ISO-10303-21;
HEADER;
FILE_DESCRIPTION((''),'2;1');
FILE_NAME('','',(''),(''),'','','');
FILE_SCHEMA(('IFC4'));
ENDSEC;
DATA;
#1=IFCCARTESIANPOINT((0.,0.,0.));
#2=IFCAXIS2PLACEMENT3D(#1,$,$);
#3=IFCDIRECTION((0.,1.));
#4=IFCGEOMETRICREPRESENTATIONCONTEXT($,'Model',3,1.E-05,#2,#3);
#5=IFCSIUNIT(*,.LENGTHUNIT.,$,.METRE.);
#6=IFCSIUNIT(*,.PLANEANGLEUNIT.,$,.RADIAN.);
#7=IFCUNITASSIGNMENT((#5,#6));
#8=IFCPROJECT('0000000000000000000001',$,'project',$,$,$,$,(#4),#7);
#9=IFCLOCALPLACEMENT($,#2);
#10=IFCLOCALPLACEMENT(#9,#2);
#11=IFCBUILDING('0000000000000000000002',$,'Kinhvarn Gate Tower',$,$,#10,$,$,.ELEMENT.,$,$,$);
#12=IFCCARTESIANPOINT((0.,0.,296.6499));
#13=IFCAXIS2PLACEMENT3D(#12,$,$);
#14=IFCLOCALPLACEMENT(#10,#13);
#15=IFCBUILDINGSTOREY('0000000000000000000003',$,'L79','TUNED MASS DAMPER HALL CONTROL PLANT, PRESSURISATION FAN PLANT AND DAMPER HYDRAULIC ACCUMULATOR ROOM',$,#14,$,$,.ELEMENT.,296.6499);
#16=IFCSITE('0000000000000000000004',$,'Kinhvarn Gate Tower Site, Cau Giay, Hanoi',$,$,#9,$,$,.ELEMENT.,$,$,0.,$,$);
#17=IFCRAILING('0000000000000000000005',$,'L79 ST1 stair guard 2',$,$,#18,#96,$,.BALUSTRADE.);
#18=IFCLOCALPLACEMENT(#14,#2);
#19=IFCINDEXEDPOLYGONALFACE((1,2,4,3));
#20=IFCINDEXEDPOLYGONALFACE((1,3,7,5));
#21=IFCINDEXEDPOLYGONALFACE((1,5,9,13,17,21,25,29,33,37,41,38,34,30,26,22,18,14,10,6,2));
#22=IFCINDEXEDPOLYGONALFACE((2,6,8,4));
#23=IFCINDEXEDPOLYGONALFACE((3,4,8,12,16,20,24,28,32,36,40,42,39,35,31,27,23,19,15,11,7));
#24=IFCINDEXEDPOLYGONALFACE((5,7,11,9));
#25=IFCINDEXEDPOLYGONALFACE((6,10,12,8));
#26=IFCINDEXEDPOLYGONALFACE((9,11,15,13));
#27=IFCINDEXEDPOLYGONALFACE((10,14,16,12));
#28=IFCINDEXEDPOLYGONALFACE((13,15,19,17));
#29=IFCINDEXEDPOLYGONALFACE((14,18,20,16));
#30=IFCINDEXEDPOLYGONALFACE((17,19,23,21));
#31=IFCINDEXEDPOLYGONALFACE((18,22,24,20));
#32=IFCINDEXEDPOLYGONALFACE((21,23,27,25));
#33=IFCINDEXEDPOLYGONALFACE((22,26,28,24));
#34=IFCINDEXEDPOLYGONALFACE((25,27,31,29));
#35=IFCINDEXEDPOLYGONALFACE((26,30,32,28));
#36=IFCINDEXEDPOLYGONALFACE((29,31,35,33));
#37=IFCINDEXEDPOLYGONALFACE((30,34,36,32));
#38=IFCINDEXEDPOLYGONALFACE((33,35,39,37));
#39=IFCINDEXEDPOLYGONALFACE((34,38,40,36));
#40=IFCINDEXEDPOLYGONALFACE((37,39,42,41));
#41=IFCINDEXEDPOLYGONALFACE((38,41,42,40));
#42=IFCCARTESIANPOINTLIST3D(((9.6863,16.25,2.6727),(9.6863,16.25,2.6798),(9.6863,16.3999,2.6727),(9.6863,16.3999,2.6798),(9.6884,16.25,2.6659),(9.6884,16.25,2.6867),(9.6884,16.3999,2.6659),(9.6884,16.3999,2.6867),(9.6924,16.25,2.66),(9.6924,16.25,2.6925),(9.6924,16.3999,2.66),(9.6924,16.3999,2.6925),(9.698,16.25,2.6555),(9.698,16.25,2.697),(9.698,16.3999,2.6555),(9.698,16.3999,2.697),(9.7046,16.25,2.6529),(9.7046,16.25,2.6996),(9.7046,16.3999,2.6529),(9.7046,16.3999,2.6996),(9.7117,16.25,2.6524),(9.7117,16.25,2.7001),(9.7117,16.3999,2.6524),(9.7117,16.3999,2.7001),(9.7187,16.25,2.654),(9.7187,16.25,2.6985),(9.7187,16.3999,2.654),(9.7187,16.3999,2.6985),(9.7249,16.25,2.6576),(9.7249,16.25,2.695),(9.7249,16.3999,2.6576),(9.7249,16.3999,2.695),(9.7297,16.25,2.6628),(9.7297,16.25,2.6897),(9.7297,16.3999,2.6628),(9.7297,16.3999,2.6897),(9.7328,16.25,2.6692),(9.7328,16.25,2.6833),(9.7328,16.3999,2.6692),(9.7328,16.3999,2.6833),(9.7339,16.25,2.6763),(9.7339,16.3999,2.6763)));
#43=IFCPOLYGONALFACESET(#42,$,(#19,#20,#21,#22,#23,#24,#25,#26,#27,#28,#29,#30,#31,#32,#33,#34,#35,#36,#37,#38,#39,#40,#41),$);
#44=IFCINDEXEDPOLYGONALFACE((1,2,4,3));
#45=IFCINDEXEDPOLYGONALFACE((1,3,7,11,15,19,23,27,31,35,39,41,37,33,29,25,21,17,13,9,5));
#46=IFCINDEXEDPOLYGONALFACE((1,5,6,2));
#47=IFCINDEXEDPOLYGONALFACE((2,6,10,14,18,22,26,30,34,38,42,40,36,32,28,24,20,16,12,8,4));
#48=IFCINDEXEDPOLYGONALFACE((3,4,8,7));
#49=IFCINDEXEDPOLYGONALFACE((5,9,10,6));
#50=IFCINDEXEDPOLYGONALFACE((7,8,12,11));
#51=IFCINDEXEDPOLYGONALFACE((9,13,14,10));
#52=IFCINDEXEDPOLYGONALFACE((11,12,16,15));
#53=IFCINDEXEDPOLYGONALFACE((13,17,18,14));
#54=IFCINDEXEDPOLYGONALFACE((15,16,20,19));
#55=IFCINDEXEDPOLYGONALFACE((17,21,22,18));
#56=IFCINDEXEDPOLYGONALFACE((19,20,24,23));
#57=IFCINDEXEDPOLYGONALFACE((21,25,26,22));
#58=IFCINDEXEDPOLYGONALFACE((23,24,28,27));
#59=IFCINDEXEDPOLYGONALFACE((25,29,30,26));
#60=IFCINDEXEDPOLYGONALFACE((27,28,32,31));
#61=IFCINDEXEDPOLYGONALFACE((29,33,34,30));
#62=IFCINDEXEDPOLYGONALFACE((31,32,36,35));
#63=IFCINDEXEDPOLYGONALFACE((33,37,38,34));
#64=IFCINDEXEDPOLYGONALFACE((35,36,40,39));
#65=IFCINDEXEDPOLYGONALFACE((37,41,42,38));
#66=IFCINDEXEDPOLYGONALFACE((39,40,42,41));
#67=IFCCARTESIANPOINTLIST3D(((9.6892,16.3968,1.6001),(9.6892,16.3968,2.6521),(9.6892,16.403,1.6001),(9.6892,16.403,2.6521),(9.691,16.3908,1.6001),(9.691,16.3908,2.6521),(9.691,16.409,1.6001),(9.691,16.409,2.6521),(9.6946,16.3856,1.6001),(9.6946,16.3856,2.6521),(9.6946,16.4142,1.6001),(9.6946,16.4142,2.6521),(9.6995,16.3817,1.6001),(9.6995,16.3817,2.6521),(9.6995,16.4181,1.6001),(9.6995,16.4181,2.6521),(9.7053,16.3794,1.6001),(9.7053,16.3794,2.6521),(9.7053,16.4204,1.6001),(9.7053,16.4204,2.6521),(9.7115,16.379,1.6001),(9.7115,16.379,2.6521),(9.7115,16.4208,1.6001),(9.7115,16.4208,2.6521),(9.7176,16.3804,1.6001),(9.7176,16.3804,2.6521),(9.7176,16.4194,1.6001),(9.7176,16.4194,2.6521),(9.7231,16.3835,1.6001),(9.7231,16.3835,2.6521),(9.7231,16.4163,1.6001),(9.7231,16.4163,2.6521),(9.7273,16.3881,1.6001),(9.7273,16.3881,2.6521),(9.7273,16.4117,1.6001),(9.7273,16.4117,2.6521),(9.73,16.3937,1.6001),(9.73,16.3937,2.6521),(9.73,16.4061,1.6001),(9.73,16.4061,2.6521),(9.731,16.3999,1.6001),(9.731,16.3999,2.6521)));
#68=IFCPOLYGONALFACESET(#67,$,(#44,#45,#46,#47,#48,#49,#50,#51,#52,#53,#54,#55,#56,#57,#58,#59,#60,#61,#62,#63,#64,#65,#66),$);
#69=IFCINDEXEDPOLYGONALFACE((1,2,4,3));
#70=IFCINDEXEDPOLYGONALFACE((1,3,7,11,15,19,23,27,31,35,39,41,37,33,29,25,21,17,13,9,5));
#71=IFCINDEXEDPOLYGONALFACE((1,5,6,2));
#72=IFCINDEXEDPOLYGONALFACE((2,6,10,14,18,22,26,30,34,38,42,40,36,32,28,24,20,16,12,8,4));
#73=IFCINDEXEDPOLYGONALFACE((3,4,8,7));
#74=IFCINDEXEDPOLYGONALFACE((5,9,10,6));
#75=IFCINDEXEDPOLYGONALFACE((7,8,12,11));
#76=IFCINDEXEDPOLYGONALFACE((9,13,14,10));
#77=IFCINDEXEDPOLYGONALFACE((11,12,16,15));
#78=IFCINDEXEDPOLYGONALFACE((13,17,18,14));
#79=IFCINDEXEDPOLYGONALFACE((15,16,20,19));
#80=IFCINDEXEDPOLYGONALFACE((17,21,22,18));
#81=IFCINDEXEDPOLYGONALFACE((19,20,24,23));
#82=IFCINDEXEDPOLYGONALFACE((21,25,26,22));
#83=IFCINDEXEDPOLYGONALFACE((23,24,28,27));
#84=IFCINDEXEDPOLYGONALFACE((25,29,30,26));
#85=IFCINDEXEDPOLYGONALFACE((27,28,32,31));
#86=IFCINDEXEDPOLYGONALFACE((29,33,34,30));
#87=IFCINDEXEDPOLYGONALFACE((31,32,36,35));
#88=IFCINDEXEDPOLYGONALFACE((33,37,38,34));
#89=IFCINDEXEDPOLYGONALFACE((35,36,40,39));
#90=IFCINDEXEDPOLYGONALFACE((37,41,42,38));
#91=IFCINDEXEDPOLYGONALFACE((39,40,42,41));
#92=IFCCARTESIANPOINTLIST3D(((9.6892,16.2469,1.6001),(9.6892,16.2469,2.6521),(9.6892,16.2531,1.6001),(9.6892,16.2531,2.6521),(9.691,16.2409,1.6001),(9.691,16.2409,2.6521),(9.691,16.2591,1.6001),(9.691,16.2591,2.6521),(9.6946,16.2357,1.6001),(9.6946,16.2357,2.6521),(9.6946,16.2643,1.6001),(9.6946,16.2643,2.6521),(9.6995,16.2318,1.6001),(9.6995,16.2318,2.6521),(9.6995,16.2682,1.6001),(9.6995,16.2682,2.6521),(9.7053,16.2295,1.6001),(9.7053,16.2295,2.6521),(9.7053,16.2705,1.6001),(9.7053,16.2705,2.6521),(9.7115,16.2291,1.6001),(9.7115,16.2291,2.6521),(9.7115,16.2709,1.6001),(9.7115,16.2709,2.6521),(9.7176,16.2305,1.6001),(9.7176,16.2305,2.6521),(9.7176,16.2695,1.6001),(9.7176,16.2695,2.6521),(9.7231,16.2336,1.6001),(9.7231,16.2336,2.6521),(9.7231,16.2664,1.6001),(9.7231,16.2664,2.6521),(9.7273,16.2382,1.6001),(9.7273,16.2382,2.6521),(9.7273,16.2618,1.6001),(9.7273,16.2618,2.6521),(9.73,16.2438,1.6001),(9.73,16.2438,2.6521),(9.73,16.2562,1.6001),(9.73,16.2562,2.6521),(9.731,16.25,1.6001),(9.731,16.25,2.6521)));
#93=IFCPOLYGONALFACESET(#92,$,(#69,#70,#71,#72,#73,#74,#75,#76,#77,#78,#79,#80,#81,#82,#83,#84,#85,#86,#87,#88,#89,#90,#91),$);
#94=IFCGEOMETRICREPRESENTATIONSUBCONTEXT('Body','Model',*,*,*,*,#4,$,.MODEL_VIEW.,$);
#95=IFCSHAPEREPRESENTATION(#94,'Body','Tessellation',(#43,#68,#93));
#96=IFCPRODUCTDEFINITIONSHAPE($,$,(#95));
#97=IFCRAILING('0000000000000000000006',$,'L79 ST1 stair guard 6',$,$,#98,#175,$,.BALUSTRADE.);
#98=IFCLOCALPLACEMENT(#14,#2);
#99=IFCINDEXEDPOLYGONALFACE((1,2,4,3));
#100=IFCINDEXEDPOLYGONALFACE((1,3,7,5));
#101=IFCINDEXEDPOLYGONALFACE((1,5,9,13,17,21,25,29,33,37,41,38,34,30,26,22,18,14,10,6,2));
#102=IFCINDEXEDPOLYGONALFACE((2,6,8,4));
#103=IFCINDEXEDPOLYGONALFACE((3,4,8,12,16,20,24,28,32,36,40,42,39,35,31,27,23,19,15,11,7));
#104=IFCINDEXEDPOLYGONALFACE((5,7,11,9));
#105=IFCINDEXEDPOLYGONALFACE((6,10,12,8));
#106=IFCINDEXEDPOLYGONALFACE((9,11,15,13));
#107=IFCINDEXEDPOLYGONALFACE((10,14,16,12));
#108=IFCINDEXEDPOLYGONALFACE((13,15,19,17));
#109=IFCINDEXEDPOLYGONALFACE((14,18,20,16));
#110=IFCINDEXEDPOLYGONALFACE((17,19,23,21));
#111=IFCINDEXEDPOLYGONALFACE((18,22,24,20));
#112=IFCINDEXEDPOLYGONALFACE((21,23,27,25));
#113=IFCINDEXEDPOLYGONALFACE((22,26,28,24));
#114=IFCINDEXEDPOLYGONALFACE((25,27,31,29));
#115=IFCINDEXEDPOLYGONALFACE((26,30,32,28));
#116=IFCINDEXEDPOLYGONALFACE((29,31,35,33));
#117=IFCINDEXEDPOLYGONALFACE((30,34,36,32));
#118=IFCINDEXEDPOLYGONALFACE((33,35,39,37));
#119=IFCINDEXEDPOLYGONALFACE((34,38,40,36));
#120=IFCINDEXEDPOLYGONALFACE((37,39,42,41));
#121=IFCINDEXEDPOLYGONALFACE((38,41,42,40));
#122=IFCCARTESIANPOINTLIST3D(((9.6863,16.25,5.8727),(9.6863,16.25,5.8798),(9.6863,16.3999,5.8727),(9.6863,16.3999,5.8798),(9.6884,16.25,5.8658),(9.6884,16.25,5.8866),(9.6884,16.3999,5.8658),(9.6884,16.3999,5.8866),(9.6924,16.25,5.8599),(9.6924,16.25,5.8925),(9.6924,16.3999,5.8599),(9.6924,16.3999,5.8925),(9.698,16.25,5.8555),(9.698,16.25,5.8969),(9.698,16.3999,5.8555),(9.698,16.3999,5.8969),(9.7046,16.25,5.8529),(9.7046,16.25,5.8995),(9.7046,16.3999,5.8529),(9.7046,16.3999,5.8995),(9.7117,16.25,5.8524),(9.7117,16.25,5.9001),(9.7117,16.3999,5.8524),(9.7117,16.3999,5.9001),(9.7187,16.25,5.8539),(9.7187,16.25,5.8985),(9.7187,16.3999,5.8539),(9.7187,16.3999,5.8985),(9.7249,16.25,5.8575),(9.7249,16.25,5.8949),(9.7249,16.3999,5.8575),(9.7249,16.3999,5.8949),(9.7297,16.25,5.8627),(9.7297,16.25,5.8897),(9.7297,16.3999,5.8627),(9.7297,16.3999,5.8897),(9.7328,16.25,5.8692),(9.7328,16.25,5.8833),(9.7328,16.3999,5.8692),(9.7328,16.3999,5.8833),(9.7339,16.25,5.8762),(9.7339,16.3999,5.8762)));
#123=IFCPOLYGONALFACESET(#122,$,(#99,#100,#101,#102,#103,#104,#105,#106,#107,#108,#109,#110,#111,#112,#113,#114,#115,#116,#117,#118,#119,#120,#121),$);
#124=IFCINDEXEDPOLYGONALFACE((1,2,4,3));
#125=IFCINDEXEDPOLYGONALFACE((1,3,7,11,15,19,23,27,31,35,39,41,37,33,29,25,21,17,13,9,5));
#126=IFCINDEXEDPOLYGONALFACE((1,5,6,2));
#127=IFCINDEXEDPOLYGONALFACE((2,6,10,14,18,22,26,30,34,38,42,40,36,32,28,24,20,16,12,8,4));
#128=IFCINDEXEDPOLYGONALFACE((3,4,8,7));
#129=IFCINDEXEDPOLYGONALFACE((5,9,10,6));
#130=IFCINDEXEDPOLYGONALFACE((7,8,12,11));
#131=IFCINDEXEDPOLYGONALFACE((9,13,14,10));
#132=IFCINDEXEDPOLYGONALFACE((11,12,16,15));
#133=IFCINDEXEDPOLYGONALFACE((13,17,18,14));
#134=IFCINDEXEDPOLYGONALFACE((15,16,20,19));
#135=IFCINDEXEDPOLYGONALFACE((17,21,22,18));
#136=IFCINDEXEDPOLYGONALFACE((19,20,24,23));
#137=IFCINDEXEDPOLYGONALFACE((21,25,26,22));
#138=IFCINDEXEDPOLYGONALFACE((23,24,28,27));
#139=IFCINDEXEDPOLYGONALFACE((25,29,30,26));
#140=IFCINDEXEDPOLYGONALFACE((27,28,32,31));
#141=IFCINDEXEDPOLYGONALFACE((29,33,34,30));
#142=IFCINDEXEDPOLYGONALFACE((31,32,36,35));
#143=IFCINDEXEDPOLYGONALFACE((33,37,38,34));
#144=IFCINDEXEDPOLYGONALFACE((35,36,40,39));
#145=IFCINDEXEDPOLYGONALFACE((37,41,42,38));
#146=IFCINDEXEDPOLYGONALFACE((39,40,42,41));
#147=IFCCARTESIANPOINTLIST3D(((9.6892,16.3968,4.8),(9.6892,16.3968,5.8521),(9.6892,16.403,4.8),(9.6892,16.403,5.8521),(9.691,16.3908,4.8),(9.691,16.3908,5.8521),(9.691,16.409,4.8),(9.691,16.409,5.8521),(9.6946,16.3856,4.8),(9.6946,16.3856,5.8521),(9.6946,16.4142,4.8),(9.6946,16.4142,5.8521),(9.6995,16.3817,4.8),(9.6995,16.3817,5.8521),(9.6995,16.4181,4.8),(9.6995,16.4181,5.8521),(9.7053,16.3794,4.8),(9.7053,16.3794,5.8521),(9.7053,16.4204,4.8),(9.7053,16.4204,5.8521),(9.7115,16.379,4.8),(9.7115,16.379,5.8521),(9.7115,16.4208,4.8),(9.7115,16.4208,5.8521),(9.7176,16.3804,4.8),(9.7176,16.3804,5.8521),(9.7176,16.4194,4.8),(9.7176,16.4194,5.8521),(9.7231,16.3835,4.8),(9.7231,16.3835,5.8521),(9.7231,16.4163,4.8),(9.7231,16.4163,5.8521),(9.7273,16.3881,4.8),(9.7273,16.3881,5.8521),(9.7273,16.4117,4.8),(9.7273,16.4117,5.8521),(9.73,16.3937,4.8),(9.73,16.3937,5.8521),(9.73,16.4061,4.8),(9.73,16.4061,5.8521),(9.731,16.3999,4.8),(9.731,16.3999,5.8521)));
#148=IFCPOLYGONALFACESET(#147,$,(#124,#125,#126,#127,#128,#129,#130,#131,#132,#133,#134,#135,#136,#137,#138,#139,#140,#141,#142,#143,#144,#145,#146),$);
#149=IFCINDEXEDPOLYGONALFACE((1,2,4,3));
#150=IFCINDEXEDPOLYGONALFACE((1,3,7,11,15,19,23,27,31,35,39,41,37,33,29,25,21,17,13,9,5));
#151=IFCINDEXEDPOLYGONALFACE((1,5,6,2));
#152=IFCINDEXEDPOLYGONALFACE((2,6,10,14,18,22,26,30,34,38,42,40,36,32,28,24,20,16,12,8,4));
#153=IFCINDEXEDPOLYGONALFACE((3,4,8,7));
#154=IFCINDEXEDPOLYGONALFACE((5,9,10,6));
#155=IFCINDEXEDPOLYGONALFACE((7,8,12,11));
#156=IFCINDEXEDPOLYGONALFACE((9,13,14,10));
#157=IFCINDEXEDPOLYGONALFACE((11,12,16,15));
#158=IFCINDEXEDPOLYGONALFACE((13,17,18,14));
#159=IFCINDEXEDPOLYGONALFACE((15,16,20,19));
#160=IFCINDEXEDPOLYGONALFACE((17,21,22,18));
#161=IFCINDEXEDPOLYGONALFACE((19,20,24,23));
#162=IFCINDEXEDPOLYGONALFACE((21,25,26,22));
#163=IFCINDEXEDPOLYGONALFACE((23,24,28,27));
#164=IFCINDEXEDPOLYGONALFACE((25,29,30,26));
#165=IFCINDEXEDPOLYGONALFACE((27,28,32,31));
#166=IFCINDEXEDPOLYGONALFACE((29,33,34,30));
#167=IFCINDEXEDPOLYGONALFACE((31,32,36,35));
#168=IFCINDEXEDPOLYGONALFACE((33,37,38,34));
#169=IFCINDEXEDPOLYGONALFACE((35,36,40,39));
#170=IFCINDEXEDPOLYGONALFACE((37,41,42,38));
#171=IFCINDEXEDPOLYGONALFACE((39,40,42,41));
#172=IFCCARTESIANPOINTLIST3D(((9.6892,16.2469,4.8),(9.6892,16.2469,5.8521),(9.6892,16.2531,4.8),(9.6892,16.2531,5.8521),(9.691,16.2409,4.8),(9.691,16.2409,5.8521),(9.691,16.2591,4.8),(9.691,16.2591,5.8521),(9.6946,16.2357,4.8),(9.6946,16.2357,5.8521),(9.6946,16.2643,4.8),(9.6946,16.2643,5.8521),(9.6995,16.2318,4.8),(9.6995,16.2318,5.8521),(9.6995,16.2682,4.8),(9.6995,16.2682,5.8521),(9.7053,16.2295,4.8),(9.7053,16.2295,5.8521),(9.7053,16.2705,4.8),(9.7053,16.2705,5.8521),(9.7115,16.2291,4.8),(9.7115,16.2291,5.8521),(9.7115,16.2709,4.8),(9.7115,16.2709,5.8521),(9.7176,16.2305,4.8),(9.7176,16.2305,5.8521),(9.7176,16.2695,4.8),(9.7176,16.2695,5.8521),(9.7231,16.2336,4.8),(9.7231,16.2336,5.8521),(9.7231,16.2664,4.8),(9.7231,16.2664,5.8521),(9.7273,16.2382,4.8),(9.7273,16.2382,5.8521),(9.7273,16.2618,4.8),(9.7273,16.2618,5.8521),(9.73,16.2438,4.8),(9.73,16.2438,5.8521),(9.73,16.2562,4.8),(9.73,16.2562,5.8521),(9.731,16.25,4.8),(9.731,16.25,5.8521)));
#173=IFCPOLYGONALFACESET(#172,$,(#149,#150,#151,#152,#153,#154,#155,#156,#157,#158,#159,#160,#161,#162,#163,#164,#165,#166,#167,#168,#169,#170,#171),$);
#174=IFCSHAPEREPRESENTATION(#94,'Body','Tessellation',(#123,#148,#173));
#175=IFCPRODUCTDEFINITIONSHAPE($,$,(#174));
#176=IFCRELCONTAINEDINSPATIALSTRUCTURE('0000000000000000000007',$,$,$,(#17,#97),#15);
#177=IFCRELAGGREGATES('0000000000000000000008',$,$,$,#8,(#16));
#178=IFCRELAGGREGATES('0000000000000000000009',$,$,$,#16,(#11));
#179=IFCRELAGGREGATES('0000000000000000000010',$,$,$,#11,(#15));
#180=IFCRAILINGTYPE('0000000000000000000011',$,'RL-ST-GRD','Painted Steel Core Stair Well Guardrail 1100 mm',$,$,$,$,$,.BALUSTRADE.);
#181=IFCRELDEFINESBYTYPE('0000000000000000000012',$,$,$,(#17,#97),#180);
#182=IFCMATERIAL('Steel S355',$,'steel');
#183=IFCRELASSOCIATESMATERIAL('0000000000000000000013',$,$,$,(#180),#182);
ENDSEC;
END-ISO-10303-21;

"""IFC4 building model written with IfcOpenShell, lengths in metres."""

from ifc_helpers import new_model, si_unit, direction, frame, origin, origin_2d, place, context, subcontext, project, spatial, circle, extrude, material, type_object, element, save


model = new_model("IFC4")

# Units and contexts
model_context = context("Model", 3, precision=1e-05, world=origin(), true_north=direction((0.0, 1.0)))
body_context = subcontext(model_context, "Body", "Model", "MODEL_VIEW")
ifc_project = project(units=[si_unit("LENGTHUNIT", "METRE"), si_unit("PLANEANGLEUNIT", "RADIAN")], contexts=[model_context])

# Site, building, storey
site_placement = place(None, origin())
site = spatial("IfcSite", under=ifc_project, at=site_placement, Name="Kinhvarn Gate Tower Site, Cau Giay, Hanoi", CompositionType="ELEMENT", RefElevation=0.0)
building_placement = place(site_placement, origin())
building = spatial("IfcBuilding", under=site, at=building_placement, Name="Kinhvarn Gate Tower", CompositionType="ELEMENT")
storey_placement = place(building_placement, frame((0.0, 0.0, 296.6499)))
storey = spatial("IfcBuildingStorey", under=building, at=storey_placement, Name="L79", Description="TUNED MASS DAMPER HALL CONTROL PLANT, PRESSURISATION FAN PLANT AND DAMPER HYDRAULIC ACCUMULATOR ROOM", CompositionType="ELEMENT", Elevation=296.6499)

# Shared definitions
ifc_material_1 = material(Name="Steel S355", Category="steel")

# Railings
railing_type_1 = type_object("IfcRailingType", Name="RL-ST-GRD", Description="Painted Steel Core Stair Well Guardrail 1100 mm", PredefinedType="BALUSTRADE", material=ifc_material_1)
for number, where, name in (
    (1, (9.71, 16.3999, 1.6001), "L79 ST1 stair guard 2"),
    (2, (9.71, 16.3999, 4.8), "L79 ST1 stair guard 6"),
):
    element("IfcRailing", number, at=place(storey_placement, frame(where)), inside=storey, type_object=railing_type_1, Name=name, PredefinedType="BALUSTRADE", context=body_context, shape_type="SweptSolid", body=[
        extrude(circle(Radius=0.0239, at=origin_2d()), frame((0.0, 0.0, 1.0762), z_axis=(0.0, -1.0, 0.0), x_axis=(1.0, 0.0, 0.0)), (0.0, 0.0, 1.0), 0.1499),
        extrude(circle(Radius=0.021, at=origin_2d()), origin(), (0.0, 0.0, 1.0), 1.052),
        extrude(circle(Radius=0.021, at=origin_2d()), frame((0.0, -0.1499, 0.0)), (0.0, 0.0, 1.0), 1.052),
    ])

save(model, "model.ifc")
